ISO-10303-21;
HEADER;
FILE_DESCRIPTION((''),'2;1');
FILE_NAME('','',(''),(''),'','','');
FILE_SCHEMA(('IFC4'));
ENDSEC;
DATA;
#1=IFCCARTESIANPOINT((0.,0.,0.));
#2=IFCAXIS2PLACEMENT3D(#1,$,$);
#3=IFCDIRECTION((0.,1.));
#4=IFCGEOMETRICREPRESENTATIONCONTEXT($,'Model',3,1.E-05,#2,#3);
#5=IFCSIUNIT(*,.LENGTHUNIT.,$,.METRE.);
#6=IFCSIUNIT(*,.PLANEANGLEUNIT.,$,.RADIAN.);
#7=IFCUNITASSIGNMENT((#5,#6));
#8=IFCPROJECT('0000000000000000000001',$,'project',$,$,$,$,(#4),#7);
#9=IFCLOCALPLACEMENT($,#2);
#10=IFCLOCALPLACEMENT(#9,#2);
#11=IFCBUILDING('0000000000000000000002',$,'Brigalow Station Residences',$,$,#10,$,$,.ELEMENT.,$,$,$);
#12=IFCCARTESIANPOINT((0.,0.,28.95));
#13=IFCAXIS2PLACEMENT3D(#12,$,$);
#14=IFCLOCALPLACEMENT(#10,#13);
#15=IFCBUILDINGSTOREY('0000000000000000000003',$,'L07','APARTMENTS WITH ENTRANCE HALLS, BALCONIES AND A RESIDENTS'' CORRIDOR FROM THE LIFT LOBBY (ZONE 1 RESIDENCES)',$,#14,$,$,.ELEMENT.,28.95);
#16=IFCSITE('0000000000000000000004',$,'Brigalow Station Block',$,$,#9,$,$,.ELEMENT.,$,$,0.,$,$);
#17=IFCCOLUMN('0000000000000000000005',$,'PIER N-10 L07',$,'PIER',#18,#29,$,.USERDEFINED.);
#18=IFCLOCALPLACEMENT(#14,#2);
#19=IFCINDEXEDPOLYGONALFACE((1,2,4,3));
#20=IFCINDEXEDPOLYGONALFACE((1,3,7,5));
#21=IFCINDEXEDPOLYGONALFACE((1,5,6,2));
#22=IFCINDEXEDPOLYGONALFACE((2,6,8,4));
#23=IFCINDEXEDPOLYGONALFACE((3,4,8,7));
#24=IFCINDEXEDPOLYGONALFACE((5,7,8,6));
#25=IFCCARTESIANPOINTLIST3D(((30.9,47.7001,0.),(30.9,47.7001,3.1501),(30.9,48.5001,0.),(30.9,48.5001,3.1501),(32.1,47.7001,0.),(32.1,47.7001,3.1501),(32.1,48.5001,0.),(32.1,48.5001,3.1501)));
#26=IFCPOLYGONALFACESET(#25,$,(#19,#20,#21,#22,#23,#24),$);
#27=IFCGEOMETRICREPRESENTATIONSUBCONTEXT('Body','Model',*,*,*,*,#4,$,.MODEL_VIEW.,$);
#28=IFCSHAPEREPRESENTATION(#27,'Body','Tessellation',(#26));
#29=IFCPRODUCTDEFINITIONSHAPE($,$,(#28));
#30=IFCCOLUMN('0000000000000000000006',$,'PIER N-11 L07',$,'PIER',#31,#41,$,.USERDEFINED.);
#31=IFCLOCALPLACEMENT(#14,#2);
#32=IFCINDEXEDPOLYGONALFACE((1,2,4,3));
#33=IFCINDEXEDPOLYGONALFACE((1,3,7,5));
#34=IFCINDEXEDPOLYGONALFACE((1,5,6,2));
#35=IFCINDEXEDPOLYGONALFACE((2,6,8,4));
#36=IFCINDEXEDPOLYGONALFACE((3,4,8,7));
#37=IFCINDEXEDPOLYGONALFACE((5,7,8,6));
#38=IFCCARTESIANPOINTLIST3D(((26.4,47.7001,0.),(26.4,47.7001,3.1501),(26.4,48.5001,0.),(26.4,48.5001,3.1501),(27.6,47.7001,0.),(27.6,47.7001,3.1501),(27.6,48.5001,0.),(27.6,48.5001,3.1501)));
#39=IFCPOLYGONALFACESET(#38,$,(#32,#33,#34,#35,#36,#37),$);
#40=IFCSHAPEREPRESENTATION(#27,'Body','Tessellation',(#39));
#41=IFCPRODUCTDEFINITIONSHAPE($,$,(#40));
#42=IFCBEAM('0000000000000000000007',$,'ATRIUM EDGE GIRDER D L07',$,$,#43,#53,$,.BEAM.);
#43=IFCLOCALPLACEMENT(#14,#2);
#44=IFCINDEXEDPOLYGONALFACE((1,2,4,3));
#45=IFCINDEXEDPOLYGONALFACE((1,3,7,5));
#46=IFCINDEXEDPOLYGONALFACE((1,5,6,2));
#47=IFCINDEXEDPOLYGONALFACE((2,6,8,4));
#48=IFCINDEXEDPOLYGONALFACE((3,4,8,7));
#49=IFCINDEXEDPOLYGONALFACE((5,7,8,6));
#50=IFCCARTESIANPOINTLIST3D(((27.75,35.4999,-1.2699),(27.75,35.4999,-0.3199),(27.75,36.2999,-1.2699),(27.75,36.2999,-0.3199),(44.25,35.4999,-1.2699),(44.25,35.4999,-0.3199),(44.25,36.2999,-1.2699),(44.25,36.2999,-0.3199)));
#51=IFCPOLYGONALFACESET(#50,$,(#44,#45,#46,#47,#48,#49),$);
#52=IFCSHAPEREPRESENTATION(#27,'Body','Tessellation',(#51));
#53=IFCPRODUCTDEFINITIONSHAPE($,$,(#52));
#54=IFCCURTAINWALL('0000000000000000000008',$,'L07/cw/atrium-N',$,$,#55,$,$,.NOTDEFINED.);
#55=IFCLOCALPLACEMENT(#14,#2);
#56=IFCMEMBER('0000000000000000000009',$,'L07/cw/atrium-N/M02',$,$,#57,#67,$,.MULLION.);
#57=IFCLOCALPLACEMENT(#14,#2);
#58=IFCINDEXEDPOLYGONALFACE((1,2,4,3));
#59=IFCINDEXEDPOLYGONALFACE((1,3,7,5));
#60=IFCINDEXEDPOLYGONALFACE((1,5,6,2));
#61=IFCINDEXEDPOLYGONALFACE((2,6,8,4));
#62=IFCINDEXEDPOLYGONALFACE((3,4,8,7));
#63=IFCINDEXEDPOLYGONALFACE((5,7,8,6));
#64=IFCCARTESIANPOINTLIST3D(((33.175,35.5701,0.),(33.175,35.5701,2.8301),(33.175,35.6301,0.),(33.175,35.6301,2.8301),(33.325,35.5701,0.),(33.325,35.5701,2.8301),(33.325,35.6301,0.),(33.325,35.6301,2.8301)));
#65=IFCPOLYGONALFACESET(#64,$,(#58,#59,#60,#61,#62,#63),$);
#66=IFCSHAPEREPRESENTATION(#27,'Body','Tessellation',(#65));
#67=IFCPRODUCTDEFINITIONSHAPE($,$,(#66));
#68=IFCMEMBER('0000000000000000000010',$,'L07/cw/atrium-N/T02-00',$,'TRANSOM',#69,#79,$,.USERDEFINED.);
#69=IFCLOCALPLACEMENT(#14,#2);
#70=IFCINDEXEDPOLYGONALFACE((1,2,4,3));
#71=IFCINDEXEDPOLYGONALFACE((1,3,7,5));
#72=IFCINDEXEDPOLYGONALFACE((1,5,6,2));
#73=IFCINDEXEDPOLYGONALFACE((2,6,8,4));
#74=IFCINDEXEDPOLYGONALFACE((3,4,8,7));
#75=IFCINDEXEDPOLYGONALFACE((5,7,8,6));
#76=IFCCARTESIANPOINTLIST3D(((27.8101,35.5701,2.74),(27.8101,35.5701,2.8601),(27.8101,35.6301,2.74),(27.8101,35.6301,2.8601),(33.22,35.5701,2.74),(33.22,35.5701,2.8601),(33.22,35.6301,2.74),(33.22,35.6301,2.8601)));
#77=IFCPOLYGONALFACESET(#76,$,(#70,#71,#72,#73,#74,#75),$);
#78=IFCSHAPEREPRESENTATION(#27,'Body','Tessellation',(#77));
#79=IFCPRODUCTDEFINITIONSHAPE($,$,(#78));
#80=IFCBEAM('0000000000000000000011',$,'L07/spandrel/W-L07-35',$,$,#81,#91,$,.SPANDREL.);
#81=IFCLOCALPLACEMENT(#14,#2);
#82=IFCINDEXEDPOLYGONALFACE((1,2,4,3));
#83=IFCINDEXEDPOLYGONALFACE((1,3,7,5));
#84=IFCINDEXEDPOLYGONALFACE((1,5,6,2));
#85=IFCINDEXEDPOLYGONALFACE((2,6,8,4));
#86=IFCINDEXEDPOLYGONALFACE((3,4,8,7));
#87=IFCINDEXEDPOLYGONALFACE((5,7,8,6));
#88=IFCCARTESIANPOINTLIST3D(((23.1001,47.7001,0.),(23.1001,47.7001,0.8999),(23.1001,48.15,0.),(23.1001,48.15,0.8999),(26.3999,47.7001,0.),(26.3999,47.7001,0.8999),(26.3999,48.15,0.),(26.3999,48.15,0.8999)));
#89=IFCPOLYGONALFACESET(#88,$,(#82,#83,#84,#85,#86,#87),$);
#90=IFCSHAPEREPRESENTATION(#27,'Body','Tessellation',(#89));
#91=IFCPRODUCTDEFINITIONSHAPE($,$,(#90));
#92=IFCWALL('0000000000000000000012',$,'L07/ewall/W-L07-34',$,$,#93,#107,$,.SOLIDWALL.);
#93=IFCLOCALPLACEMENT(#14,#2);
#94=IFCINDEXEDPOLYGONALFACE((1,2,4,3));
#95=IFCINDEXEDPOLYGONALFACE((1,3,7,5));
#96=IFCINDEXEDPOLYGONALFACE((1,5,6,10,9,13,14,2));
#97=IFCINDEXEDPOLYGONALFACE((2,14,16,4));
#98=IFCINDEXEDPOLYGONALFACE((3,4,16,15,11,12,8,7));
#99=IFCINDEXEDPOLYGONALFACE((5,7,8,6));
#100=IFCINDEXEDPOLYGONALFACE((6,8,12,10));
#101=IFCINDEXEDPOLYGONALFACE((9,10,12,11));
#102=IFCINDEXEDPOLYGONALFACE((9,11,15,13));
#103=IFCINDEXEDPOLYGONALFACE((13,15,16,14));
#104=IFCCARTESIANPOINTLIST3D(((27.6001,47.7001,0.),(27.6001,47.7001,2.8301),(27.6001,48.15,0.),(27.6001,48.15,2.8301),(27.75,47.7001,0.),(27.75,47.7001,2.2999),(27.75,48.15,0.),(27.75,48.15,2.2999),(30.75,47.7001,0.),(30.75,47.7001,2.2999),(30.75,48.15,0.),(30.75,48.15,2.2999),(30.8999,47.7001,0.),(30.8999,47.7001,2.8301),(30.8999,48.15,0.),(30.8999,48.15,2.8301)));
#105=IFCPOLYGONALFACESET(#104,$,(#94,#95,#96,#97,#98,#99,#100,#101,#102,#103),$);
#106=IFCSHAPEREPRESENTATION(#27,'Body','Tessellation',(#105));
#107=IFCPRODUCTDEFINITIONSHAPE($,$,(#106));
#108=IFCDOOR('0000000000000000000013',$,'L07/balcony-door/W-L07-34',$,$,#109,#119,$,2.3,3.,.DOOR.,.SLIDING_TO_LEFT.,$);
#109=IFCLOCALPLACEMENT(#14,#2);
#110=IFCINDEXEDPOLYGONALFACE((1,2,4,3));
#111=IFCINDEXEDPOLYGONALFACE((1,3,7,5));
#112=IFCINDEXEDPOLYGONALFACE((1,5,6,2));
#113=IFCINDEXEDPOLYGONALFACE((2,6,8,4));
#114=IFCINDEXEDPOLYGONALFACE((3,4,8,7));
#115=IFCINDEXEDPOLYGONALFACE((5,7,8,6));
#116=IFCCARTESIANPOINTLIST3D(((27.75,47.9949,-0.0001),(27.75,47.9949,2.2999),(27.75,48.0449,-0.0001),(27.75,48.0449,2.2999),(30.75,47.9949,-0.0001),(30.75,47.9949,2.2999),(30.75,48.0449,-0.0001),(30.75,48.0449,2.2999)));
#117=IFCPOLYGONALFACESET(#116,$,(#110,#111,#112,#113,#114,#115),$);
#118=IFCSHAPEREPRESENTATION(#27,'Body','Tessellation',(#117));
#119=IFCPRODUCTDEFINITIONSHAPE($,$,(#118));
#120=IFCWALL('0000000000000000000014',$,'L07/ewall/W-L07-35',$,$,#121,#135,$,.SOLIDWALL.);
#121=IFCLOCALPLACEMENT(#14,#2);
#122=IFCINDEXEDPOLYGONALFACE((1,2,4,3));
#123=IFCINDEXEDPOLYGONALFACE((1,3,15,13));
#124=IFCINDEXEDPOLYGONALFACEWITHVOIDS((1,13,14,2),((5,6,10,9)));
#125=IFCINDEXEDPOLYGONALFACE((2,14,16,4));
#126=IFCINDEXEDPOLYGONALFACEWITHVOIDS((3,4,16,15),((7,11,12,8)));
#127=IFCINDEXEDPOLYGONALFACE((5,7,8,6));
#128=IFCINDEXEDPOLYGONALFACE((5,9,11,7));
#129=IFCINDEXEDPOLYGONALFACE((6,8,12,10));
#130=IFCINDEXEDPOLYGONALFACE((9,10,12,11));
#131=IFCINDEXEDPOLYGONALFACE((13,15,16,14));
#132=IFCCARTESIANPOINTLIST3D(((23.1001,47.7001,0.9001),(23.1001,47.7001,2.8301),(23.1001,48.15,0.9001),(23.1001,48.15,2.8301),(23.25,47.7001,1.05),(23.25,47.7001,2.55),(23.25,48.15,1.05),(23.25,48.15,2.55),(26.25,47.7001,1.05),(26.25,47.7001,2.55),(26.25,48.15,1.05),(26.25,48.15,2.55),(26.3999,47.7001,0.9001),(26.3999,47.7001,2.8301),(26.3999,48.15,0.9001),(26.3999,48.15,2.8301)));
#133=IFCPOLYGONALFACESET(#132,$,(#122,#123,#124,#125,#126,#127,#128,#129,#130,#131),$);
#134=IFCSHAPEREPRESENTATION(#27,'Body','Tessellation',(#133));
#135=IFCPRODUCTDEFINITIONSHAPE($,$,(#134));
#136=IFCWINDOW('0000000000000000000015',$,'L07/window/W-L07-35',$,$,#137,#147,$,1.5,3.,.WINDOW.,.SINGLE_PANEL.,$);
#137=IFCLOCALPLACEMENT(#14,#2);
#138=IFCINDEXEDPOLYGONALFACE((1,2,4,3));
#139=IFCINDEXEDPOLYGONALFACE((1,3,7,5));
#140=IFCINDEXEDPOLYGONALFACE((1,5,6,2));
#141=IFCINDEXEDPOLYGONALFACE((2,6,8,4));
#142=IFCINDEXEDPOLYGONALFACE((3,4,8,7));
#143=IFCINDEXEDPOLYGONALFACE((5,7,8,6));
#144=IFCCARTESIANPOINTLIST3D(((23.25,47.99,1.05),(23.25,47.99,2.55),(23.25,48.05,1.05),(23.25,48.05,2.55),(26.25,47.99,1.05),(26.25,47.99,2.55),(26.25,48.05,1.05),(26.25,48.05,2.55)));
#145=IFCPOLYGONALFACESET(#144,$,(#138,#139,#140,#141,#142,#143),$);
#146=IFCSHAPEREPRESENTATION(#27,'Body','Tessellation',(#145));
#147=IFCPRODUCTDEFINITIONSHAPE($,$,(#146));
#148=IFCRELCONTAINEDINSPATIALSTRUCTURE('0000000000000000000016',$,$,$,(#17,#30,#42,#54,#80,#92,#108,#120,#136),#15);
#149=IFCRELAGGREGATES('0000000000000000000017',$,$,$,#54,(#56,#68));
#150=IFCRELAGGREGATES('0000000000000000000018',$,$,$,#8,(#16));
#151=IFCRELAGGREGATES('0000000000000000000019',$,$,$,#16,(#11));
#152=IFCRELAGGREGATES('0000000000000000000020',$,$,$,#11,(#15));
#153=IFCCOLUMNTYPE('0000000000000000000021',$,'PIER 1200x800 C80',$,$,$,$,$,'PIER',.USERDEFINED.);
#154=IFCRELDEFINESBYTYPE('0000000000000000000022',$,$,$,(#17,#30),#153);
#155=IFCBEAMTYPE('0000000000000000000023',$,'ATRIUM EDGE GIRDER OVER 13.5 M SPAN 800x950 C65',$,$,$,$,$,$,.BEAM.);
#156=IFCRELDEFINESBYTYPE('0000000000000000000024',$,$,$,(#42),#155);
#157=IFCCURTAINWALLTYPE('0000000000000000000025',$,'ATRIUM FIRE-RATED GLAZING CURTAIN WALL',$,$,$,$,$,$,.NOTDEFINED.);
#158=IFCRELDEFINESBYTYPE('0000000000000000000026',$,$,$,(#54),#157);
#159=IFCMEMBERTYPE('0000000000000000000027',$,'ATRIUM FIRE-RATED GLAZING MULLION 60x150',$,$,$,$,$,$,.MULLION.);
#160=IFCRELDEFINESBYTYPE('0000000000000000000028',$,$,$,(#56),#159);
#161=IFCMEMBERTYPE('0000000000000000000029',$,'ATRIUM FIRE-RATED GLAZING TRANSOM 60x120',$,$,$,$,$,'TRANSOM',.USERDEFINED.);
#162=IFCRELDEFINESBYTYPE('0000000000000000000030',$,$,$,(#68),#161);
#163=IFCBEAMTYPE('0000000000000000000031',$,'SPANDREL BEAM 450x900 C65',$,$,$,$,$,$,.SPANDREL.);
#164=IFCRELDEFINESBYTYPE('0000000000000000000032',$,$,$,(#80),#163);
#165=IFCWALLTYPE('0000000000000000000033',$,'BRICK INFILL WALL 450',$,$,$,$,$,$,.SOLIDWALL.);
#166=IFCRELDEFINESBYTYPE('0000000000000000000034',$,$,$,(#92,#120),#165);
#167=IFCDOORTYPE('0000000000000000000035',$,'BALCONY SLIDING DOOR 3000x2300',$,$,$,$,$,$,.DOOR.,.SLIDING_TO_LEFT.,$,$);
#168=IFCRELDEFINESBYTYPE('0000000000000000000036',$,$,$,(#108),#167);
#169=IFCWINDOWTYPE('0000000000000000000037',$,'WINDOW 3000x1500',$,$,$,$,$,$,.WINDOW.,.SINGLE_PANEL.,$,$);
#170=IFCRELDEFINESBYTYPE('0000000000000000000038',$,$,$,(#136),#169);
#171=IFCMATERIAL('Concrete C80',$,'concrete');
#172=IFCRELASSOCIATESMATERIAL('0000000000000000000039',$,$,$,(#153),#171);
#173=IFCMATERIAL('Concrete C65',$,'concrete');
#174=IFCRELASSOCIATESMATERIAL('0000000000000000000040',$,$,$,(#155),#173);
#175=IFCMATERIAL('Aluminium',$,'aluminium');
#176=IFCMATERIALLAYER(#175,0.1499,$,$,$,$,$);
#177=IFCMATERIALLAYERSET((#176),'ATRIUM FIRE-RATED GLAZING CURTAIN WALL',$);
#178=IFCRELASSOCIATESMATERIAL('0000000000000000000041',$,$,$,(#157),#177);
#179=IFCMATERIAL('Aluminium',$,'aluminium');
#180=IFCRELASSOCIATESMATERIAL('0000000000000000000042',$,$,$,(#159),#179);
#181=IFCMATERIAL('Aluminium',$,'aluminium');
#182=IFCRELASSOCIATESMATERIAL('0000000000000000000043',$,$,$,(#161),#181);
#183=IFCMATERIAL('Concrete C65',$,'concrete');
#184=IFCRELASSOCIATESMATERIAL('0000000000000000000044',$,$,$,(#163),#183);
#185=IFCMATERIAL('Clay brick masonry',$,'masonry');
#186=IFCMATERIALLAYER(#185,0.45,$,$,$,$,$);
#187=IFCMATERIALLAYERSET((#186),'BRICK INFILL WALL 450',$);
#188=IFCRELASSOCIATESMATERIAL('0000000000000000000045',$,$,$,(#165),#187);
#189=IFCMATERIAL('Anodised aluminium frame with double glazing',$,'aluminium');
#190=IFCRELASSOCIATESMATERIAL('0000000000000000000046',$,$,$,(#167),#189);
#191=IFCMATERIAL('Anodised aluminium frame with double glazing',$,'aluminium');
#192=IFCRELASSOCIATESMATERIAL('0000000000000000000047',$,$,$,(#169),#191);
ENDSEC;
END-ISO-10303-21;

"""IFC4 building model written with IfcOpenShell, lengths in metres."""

from ifc_helpers import new_model, si_unit, direction, frame, frame_2d, origin, origin_2d, place, context, subcontext, project, spatial, rectangle, extrude, material, layer, layer_set, material_profile, profile_set, type_object, element, fill, aggregate, save


model = new_model("IFC4")

# Units and contexts
model_context = context("Model", 3, precision=1e-05, world=origin(), true_north=direction((0.0, 1.0)))
body_context = subcontext(model_context, "Body", "Model", "MODEL_VIEW")
ifc_project = project(units=[si_unit("LENGTHUNIT", "METRE"), si_unit("PLANEANGLEUNIT", "RADIAN")], contexts=[model_context])

# Site, building, storey
site_placement = place(None, origin())
site = spatial("IfcSite", under=ifc_project, at=site_placement, Name="Brigalow Station Block", CompositionType="ELEMENT", RefElevation=0.0)
building_placement = place(site_placement, origin())
building = spatial("IfcBuilding", under=site, at=building_placement, Name="Brigalow Station Residences", CompositionType="ELEMENT")
storey_placement = place(building_placement, frame((0.0, 0.0, 28.95)))
storey = spatial("IfcBuildingStorey", under=building, at=storey_placement, Name="L07", Description="APARTMENTS WITH ENTRANCE HALLS, BALCONIES AND A RESIDENTS' CORRIDOR FROM THE LIFT LOBBY (ZONE 1 RESIDENCES)", CompositionType="ELEMENT", Elevation=28.95)

# Columns
ifc_material_1 = material(Name="Concrete C80", Category="concrete")
ifc_material_profile_1 = material_profile(ifc_material_1, rectangle(XDim=1.2, YDim=0.8, at=origin_2d()), Name="RC1200x800")
ifc_profile_set_1 = profile_set([ifc_material_profile_1], Name="Concrete C80")
column_type = type_object("IfcColumnType", Name="PIER 1200x800 C80", ElementType="PIER", PredefinedType="USERDEFINED", material=ifc_profile_set_1)
for number, where, z_axis, x_axis, name in (
    (1, (31.5, 48.1001, 0.0), (0.0, 0.0, 1.0), (-1.0, 0.0, 0.0), "PIER N-10 L07"),
    (2, (27.0, 48.1001, 0.0), (0.0, 0.0, 1.0), (-1.0, 0.0, 0.0), "PIER N-11 L07"),
):
    element("IfcColumn", number, at=place(storey_placement, frame(where, z_axis=z_axis, x_axis=x_axis)), inside=storey, type_object=column_type, Name=name, ObjectType="PIER", PredefinedType="USERDEFINED", context=body_context, shape_type="SweptSolid", body=[
        extrude(rectangle(XDim=1.2, YDim=0.8, at=origin_2d()), origin(), (0.0, 0.0, 1.0), 3.1501),
    ])

# Beam
ifc_material_2 = material(Name="Concrete C65", Category="concrete")
ifc_material_profile_2 = material_profile(ifc_material_2, rectangle(XDim=0.8, YDim=0.95, at=origin_2d()), Name="RC800x950")
ifc_profile_set_2 = profile_set([ifc_material_profile_2], Name="Concrete C65")
beam_type_1 = type_object("IfcBeamType", Name="ATRIUM EDGE GIRDER OVER 13.5 M SPAN 800x950 C65", PredefinedType="BEAM", material=ifc_profile_set_2)
beam_1_placement = place(storey_placement, frame((27.75, 35.8999, -0.7949), z_axis=(1.0, 0.0, 0.0), x_axis=(0.0, 1.0, 0.0)))
element("IfcBeam", 3, at=beam_1_placement, inside=storey, type_object=beam_type_1, Name="ATRIUM EDGE GIRDER D L07", PredefinedType="BEAM", context=body_context, shape_type="SweptSolid", body=[
    extrude(rectangle(XDim=0.8, YDim=0.95, at=origin_2d()), origin(), (0.0, 0.0, 1.0), 16.5),
])

# Curtain wall, members
ifc_material_3 = material(Name="Aluminium", Category="aluminium")
ifc_layer_1 = layer(ifc_material_3, 0.1499)
ifc_layer_set_1 = layer_set([ifc_layer_1], Name="ATRIUM FIRE-RATED GLAZING CURTAIN WALL")
curtain_wall_type = type_object("IfcCurtainWallType", Name="ATRIUM FIRE-RATED GLAZING CURTAIN WALL", PredefinedType="NOTDEFINED", material=ifc_layer_set_1)
curtain_wall_placement = place(storey_placement, origin())
curtain_wall = element("IfcCurtainWall", 4, at=curtain_wall_placement, inside=storey, type_object=curtain_wall_type, Name="L07/cw/atrium-N", PredefinedType="NOTDEFINED")
ifc_material_4 = material(Name="Aluminium", Category="aluminium")
ifc_material_profile_3 = material_profile(ifc_material_4, rectangle(XDim=0.0601, YDim=0.1499, at=origin_2d()), Name="ATRIUM FIRE-RATED GLAZING MULLION 60x150")
ifc_profile_set_3 = profile_set([ifc_material_profile_3], Name="Aluminium")
member_type_1 = type_object("IfcMemberType", Name="ATRIUM FIRE-RATED GLAZING MULLION 60x150", PredefinedType="MULLION", material=ifc_profile_set_3)
member_1_placement = place(storey_placement, frame((33.25, 35.6001, 0.0), z_axis=(0.0, 0.0, 1.0), x_axis=(0.0, -1.0, 0.0)))
member_1 = element("IfcMember", 5, at=member_1_placement, type_object=member_type_1, Name="L07/cw/atrium-N/M02", PredefinedType="MULLION", context=body_context, shape_type="SweptSolid", body=[
    extrude(rectangle(XDim=0.0601, YDim=0.1499, at=origin_2d()), origin(), (0.0, 0.0, 1.0), 2.8301),
])
ifc_material_5 = material(Name="Aluminium", Category="aluminium")
ifc_material_profile_4 = material_profile(ifc_material_5, rectangle(XDim=0.0601, YDim=0.1201, at=origin_2d()), Name="ATRIUM FIRE-RATED GLAZING TRANSOM 60x120")
ifc_profile_set_4 = profile_set([ifc_material_profile_4], Name="Aluminium")
member_type_2 = type_object("IfcMemberType", Name="ATRIUM FIRE-RATED GLAZING TRANSOM 60x120", ElementType="TRANSOM", PredefinedType="USERDEFINED", material=ifc_profile_set_4)
member_2_placement = place(storey_placement, frame((33.22, 35.6001, 2.8), z_axis=(-1.0, 0.0, 0.0), x_axis=(0.0, -1.0, 0.0)))
member_2 = element("IfcMember", 6, at=member_2_placement, type_object=member_type_2, Name="L07/cw/atrium-N/T02-00", ObjectType="TRANSOM", PredefinedType="USERDEFINED", context=body_context, shape_type="SweptSolid", body=[
    extrude(rectangle(XDim=0.0601, YDim=0.1201, at=origin_2d()), origin(), (0.0, 0.0, 1.0), 5.4099),
])
aggregate(curtain_wall, [member_1, member_2])

# Beam
ifc_material_6 = material(Name="Concrete C65", Category="concrete")
ifc_material_profile_5 = material_profile(ifc_material_6, rectangle(XDim=0.45, YDim=0.8999, at=origin_2d()), Name="RC450x900")
ifc_profile_set_5 = profile_set([ifc_material_profile_5], Name="Concrete C65")
beam_type_2 = type_object("IfcBeamType", Name="SPANDREL BEAM 450x900 C65", PredefinedType="SPANDREL", material=ifc_profile_set_5)
beam_2_placement = place(storey_placement, frame((26.3999, 47.925, 0.45), z_axis=(-1.0, 0.0, 0.0), x_axis=(0.0, -1.0, 0.0)))
element("IfcBeam", 7, at=beam_2_placement, inside=storey, type_object=beam_type_2, Name="L07/spandrel/W-L07-35", PredefinedType="SPANDREL", context=body_context, shape_type="SweptSolid", body=[
    extrude(rectangle(XDim=0.45, YDim=0.8999, at=origin_2d()), origin(), (0.0, 0.0, 1.0), 3.2998),
])

# Wall, opening, door
ifc_material_7 = material(Name="Clay brick masonry", Category="masonry")
ifc_layer_2 = layer(ifc_material_7, 0.45)
ifc_layer_set_2 = layer_set([ifc_layer_2], Name="BRICK INFILL WALL 450")
wall_type_1 = type_object("IfcWallType", Name="BRICK INFILL WALL 450", PredefinedType="SOLIDWALL", material=ifc_layer_set_2)
wall_1_placement = place(storey_placement, frame((30.8999, 47.925, 0.0), z_axis=(0.0, 0.0, 1.0), x_axis=(-1.0, 0.0, 0.0)))
wall_1 = element("IfcWall", 8, at=wall_1_placement, inside=storey, type_object=wall_type_1, Name="L07/ewall/W-L07-34", PredefinedType="SOLIDWALL", context=body_context, shape_type="SweptSolid", body=[
    extrude(rectangle(XDim=3.2998, YDim=0.45, at=frame_2d((1.6499, 0.0))), origin(), (0.0, 0.0, 1.0), 2.8301),
])
opening_1_placement = place(wall_1_placement, frame((0.1499, 0.0, 0.0)))
opening_1 = element("IfcOpeningElement", 9, at=opening_1_placement, cuts=wall_1, PredefinedType="OPENING", context=body_context, shape_type="SweptSolid", body=[
    extrude(rectangle(XDim=3.0, YDim=2.3, at=frame_2d((1.5, 1.1499))), frame((0.0, 0.2349, 0.0), z_axis=(0.0, -1.0, 0.0), x_axis=(1.0, 0.0, 0.0)), (0.0, 0.0, 1.0), 0.47),
])
ifc_material_8 = material(Name="Anodised aluminium frame with double glazing", Category="aluminium")
door_type_1 = type_object("IfcDoorType", Name="BALCONY SLIDING DOOR 3000x2300", OperationType="SLIDING_TO_LEFT", PredefinedType="DOOR", material=ifc_material_8)
door_1_placement = place(opening_1_placement, origin())
door_1 = element("IfcDoor", 10, at=door_1_placement, inside=storey, type_object=door_type_1, Name="L07/balcony-door/W-L07-34", OperationType="SLIDING_TO_LEFT", OverallHeight=2.3, OverallWidth=3.0, PredefinedType="DOOR", context=body_context, shape_type="SweptSolid", body=[
    extrude(rectangle(XDim=3.0, YDim=2.3, at=frame_2d((1.5, 1.1499))), frame((0.0, -0.0698, 0.0), z_axis=(0.0, -1.0, 0.0), x_axis=(1.0, 0.0, 0.0)), (0.0, 0.0, 1.0), 0.05),
])
fill(opening_1, door_1)

# Wall, opening, window
wall_2_placement = place(storey_placement, frame((26.3999, 47.925, 0.9001), z_axis=(0.0, 0.0, 1.0), x_axis=(-1.0, 0.0, 0.0)))
wall_2 = element("IfcWall", 11, at=wall_2_placement, inside=storey, type_object=wall_type_1, Name="L07/ewall/W-L07-35", PredefinedType="SOLIDWALL", context=body_context, shape_type="SweptSolid", body=[
    extrude(rectangle(XDim=3.2998, YDim=0.45, at=frame_2d((1.6499, 0.0))), origin(), (0.0, 0.0, 1.0), 1.9299),
])
opening_2_placement = place(wall_2_placement, frame((0.1499, 0.0, 0.1499)))
opening_2 = element("IfcOpeningElement", 12, at=opening_2_placement, cuts=wall_2, PredefinedType="OPENING", context=body_context, shape_type="SweptSolid", body=[
    extrude(rectangle(XDim=3.0, YDim=1.5, at=frame_2d((1.5, 0.75))), frame((0.0, 0.2349, 0.0), z_axis=(0.0, -1.0, 0.0), x_axis=(1.0, 0.0, 0.0)), (0.0, 0.0, 1.0), 0.47),
])
ifc_material_9 = material(Name="Anodised aluminium frame with double glazing", Category="aluminium")
window_type = type_object("IfcWindowType", Name="WINDOW 3000x1500", PartitioningType="SINGLE_PANEL", PredefinedType="WINDOW", material=ifc_material_9)
window_placement = place(opening_2_placement, origin())
window = element("IfcWindow", 13, at=window_placement, inside=storey, type_object=window_type, Name="L07/window/W-L07-35", OverallHeight=1.5, OverallWidth=3.0, PartitioningType="SINGLE_PANEL", PredefinedType="WINDOW", context=body_context, shape_type="SweptSolid", body=[
    extrude(rectangle(XDim=3.0, YDim=1.5, at=frame_2d((1.5, 0.75))), frame((0.0, -0.0649, 0.0), z_axis=(0.0, -1.0, 0.0), x_axis=(1.0, 0.0, 0.0)), (0.0, 0.0, 1.0), 0.0601),
])
fill(opening_2, window)

save(model, "model.ifc")
